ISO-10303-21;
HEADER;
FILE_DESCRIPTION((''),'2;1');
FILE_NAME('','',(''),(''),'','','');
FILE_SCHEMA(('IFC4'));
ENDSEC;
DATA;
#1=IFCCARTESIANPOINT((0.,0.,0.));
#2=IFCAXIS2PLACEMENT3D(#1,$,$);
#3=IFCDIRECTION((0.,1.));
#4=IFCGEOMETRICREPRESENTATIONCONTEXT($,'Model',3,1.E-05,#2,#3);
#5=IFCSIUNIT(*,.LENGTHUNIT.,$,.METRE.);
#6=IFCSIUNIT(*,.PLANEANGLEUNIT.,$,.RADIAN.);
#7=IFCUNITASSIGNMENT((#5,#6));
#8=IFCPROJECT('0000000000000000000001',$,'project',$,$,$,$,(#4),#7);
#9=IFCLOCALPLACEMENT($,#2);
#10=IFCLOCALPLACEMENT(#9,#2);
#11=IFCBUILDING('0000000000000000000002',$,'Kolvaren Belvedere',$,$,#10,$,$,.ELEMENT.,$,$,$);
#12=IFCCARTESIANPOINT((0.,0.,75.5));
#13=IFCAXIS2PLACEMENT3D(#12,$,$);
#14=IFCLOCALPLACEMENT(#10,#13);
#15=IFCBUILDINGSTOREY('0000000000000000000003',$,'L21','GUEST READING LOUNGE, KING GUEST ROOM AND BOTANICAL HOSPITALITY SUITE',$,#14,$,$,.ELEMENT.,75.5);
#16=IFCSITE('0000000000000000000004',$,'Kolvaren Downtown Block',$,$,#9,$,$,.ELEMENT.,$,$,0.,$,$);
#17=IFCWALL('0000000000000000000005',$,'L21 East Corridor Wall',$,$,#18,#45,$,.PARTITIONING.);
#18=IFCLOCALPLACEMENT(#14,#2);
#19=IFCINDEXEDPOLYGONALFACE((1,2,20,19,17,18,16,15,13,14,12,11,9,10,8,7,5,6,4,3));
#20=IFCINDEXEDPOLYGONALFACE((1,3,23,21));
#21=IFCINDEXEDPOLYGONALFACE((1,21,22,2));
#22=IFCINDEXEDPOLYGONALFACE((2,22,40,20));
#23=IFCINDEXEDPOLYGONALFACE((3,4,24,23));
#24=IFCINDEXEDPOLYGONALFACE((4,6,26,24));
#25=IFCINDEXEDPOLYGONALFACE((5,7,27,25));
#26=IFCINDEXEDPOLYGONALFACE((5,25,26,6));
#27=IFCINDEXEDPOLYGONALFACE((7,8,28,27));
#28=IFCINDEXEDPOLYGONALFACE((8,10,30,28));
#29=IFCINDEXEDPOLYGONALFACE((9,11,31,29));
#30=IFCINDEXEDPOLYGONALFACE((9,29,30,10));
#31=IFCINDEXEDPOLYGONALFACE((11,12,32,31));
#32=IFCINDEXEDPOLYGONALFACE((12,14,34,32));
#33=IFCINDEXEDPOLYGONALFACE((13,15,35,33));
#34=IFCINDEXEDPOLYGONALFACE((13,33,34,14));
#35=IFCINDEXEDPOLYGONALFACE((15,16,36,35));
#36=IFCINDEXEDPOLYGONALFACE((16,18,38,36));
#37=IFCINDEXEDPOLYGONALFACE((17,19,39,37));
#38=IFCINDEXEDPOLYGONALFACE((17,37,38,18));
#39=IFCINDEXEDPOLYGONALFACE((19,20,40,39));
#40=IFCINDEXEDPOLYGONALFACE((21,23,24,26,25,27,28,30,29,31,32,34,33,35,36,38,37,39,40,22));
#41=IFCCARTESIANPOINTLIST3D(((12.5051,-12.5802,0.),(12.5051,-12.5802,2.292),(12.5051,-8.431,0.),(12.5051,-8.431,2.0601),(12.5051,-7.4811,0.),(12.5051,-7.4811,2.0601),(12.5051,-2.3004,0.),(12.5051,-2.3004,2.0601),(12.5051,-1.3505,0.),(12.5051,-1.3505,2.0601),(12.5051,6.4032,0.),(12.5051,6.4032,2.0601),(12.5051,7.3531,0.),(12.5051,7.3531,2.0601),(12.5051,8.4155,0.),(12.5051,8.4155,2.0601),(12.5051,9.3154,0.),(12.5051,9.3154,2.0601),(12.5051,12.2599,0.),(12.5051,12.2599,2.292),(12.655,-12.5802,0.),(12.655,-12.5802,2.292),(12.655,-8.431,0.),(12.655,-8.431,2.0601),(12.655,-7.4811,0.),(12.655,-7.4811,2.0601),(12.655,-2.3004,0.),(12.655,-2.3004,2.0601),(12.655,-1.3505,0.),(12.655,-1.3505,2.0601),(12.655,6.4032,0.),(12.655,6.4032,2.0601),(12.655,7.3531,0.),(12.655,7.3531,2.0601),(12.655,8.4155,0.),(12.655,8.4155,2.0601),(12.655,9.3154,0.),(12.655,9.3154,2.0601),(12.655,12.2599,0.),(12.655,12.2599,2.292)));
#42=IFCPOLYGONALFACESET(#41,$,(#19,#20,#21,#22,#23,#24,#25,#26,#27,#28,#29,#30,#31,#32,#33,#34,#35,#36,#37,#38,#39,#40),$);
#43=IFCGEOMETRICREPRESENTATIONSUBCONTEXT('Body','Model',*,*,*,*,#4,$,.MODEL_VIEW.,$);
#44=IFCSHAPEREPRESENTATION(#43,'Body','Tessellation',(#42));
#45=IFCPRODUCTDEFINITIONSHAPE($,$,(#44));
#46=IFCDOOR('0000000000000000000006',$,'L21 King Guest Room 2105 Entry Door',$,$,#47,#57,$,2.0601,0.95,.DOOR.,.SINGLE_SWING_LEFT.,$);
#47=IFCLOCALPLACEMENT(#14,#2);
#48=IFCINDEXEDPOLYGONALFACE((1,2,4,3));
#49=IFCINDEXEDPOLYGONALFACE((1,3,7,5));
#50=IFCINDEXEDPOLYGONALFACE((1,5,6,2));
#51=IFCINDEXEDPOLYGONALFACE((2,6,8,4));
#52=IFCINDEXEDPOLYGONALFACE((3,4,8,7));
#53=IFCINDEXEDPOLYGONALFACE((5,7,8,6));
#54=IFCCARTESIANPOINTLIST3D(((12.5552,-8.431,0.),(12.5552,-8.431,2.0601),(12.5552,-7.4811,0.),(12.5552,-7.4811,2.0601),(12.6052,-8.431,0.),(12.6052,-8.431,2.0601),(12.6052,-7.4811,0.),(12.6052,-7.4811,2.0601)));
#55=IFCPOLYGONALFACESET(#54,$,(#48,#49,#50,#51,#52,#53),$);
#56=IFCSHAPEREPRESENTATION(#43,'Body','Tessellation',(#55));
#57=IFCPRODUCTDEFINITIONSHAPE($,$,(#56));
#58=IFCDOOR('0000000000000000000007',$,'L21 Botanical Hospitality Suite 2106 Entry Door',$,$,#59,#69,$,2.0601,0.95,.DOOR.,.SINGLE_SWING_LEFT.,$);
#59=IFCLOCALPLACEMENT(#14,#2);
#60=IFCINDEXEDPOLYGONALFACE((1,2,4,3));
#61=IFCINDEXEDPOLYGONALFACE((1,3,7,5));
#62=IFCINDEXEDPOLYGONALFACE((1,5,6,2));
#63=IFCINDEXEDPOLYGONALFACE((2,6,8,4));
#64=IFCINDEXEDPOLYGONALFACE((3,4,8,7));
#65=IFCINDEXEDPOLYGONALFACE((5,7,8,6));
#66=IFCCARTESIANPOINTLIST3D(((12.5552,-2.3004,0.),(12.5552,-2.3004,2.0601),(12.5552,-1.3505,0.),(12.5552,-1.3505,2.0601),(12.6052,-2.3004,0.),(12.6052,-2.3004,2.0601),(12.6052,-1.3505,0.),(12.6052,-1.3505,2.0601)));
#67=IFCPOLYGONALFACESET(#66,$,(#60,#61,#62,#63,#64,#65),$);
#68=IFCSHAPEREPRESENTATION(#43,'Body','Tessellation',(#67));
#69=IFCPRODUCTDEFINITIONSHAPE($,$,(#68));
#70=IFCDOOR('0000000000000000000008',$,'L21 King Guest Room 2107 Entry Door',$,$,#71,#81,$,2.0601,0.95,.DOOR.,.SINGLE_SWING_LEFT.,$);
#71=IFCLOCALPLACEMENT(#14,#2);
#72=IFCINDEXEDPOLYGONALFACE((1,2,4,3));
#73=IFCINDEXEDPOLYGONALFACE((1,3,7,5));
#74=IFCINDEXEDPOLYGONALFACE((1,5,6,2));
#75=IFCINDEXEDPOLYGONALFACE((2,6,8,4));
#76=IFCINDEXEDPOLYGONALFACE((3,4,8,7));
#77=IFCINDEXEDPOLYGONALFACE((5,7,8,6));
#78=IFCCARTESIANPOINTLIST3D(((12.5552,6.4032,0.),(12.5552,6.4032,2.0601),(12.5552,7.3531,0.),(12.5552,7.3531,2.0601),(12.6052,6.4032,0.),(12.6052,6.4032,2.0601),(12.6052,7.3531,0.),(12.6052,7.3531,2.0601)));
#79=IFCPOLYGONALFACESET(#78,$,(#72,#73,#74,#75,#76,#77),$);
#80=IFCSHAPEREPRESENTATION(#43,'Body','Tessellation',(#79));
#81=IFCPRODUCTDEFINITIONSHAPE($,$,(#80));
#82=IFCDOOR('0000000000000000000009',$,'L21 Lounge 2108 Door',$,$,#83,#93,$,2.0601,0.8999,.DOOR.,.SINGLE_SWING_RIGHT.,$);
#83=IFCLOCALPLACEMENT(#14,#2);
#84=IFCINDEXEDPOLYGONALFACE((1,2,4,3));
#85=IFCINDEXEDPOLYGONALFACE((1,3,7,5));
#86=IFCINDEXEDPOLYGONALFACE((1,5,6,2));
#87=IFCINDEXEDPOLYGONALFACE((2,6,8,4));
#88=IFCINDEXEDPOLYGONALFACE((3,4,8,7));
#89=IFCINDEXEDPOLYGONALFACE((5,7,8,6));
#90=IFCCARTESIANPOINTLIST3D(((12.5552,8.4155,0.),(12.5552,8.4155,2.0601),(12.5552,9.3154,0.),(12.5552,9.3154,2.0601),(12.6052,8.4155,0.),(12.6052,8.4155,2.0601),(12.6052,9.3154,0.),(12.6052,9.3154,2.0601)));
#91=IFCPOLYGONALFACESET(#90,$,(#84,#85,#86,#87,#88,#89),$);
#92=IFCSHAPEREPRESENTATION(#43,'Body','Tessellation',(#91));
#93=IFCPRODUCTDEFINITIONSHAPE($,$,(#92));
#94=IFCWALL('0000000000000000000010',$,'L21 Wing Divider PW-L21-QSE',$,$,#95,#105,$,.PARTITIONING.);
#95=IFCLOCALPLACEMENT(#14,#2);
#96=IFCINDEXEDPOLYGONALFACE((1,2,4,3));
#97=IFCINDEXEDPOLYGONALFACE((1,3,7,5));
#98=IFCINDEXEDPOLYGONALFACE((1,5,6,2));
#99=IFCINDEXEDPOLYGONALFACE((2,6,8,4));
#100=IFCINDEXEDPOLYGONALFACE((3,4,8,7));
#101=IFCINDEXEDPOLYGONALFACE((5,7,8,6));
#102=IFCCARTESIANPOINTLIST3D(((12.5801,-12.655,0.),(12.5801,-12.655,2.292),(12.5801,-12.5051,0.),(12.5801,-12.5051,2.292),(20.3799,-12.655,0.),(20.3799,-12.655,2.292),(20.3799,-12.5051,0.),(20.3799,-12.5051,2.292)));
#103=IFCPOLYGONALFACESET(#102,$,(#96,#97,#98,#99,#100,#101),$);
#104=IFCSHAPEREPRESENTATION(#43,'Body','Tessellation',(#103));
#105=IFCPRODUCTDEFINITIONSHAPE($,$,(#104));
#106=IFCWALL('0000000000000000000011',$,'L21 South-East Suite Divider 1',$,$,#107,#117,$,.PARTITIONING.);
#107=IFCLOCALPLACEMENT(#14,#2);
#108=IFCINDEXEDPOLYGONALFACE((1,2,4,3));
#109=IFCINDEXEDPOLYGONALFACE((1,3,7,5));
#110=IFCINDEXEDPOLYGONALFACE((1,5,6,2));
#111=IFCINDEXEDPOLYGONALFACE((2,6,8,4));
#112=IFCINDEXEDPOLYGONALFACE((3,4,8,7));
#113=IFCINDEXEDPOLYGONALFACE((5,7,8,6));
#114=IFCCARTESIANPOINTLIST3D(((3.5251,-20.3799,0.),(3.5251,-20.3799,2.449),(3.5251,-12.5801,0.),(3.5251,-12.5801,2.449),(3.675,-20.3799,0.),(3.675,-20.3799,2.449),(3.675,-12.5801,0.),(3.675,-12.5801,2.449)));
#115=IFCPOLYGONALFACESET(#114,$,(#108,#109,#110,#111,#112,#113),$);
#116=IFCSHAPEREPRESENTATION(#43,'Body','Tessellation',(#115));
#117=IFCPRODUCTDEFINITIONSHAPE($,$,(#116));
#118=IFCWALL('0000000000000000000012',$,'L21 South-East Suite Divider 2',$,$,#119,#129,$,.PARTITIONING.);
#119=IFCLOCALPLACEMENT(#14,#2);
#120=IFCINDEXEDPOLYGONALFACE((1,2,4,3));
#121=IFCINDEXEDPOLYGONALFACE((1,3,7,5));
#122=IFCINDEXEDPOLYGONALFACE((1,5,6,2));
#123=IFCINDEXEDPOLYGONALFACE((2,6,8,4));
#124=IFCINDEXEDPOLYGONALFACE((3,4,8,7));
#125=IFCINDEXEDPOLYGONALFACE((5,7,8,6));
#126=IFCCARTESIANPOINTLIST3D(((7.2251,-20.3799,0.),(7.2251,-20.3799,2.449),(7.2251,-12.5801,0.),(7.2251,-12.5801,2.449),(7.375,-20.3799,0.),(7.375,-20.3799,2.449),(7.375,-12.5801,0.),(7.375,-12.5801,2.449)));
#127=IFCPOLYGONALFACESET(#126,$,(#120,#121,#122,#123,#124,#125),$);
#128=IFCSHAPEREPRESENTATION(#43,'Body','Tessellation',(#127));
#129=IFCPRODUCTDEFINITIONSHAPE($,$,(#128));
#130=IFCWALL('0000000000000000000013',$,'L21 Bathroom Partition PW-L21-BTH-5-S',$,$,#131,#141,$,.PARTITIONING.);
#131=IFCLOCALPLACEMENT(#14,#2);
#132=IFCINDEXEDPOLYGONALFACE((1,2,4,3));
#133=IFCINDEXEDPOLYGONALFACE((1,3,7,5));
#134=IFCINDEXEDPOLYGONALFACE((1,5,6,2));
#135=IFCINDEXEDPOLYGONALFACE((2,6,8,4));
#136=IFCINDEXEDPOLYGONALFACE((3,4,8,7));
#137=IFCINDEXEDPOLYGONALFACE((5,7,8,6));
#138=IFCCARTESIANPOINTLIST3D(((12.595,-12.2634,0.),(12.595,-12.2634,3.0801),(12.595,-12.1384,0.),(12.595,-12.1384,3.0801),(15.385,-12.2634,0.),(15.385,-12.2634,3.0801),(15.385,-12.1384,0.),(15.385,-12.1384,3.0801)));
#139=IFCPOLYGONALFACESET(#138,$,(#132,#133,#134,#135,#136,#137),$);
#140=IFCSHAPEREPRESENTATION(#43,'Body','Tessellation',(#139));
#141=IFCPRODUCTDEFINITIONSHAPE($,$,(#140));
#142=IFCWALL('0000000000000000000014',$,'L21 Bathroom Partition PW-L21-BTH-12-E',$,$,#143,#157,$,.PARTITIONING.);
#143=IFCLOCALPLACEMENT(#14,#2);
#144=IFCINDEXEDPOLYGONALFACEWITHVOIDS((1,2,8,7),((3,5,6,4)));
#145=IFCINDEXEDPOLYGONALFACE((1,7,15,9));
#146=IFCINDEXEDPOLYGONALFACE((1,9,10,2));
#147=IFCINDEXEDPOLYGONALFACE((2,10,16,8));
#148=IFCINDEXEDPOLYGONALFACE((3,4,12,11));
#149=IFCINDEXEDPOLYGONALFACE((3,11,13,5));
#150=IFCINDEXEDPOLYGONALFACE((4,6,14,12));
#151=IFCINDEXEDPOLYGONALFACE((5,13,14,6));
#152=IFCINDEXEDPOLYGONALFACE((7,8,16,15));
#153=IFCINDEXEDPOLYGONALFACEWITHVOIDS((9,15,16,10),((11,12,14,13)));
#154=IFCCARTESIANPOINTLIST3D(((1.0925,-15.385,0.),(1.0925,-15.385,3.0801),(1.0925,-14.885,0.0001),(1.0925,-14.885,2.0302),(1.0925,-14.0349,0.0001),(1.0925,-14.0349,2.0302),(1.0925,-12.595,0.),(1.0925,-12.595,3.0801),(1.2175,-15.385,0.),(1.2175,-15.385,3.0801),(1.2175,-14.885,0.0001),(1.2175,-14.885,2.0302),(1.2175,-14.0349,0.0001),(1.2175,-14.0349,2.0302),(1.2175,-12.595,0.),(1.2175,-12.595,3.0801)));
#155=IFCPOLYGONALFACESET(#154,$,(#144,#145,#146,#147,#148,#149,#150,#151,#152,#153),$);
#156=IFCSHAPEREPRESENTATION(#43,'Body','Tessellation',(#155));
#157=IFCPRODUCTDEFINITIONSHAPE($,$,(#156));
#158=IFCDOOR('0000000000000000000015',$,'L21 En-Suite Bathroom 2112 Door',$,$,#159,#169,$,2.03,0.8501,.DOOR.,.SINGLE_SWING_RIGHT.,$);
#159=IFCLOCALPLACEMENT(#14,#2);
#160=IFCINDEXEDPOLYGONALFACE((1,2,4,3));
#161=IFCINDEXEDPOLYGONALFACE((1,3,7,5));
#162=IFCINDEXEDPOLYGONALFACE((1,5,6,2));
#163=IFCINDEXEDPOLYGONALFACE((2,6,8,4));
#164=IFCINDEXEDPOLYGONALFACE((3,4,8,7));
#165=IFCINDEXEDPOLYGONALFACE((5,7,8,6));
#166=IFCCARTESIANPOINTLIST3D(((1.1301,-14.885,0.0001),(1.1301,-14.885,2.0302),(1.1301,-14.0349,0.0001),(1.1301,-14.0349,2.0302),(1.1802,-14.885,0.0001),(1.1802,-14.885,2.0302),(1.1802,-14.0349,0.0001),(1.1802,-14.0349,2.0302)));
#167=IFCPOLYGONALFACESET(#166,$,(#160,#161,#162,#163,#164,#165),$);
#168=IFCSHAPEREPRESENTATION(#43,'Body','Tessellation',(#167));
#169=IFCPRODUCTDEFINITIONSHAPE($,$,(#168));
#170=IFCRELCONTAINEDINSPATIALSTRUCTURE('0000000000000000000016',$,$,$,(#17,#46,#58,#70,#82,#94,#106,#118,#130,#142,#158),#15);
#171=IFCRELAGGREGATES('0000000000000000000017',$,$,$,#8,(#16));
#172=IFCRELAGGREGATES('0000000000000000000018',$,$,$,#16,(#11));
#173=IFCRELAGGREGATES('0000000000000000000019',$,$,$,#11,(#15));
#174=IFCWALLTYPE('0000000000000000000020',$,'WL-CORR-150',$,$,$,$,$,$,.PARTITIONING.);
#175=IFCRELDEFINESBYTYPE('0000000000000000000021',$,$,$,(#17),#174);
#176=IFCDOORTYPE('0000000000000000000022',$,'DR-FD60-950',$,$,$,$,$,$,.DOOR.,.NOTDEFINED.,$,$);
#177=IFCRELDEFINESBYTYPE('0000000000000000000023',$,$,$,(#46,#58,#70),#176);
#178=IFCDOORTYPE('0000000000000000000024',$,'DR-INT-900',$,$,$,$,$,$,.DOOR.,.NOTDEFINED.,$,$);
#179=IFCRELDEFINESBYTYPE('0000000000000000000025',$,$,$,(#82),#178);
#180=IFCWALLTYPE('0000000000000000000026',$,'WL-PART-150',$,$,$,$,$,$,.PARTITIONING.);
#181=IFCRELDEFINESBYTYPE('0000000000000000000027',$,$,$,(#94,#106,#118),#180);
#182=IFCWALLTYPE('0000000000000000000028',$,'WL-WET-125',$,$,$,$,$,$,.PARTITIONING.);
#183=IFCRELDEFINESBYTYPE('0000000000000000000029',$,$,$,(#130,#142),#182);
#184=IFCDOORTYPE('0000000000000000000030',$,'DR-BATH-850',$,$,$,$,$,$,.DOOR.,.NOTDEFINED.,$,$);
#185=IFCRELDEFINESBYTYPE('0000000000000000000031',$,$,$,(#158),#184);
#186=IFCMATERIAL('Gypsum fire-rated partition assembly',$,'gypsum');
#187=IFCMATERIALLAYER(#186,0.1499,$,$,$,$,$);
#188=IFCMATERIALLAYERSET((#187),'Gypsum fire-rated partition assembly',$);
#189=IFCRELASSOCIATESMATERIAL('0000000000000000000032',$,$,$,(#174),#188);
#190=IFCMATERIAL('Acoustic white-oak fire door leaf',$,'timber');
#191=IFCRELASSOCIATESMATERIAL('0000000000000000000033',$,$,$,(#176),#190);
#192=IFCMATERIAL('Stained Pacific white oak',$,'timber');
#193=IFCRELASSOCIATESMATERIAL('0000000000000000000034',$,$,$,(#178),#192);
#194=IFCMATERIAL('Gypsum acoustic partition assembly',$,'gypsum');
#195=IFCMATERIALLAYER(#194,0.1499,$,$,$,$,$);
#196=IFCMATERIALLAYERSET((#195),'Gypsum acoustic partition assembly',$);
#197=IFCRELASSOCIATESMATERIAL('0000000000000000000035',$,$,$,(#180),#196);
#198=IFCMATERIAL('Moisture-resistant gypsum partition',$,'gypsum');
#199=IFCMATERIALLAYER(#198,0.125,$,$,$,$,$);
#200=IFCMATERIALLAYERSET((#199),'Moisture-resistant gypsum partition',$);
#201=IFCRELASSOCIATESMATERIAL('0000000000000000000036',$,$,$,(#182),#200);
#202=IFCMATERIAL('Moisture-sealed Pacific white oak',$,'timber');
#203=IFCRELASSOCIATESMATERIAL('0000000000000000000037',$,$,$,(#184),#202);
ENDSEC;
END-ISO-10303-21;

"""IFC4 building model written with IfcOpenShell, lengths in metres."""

from ifc_helpers import new_model, si_unit, direction, frame, frame_2d, origin, place, context, subcontext, project, spatial, rectangle, extrude, material, layer, layer_set, type_object, element, fill, save


model = new_model("IFC4")

# Units and contexts
model_context = context("Model", 3, precision=1e-05, world=origin(), true_north=direction((0.0, 1.0)))
body_context = subcontext(model_context, "Body", "Model", "MODEL_VIEW")
ifc_project = project(units=[si_unit("LENGTHUNIT", "METRE"), si_unit("PLANEANGLEUNIT", "RADIAN")], contexts=[model_context])

# Site, building, storey
site_placement = place(None, origin())
site = spatial("IfcSite", under=ifc_project, at=site_placement, Name="Kolvaren Downtown Block", CompositionType="ELEMENT", RefElevation=0.0)
building_placement = place(site_placement, origin())
building = spatial("IfcBuilding", under=site, at=building_placement, Name="Kolvaren Belvedere", CompositionType="ELEMENT")
storey_placement = place(building_placement, frame((0.0, 0.0, 75.5)))
storey = spatial("IfcBuildingStorey", under=building, at=storey_placement, Name="L21", Description="GUEST READING LOUNGE, KING GUEST ROOM AND BOTANICAL HOSPITALITY SUITE", CompositionType="ELEMENT", Elevation=75.5)

# Wall, openings, doors
ifc_material_1 = material(Name="Gypsum fire-rated partition assembly", Category="gypsum")
ifc_layer_1 = layer(ifc_material_1, 0.1499)
ifc_layer_set_1 = layer_set([ifc_layer_1], Name="Gypsum fire-rated partition assembly")
wall_type_1 = type_object("IfcWallType", Name="WL-CORR-150", PredefinedType="PARTITIONING", material=ifc_layer_set_1)
wall_1_placement = place(storey_placement, frame((12.5801, -12.5801, 0.0), z_axis=(0.0, 0.0, 1.0), x_axis=(0.0, 1.0, 0.0)))
wall_1 = element("IfcWall", 1, at=wall_1_placement, inside=storey, type_object=wall_type_1, Name="L21 East Corridor Wall", PredefinedType="PARTITIONING", context=body_context, shape_type="SweptSolid", body=[
    extrude(rectangle(XDim=24.8401, YDim=0.1499, at=frame_2d((12.4199, 0.0))), origin(), (0.0, 0.0, 1.0), 2.292),
])
opening_1_placement = place(wall_1_placement, frame((4.1489, 0.0, 0.0)))
opening_1 = element("IfcOpeningElement", 2, at=opening_1_placement, cuts=wall_1, PredefinedType="OPENING", context=body_context, shape_type="SweptSolid", body=[
    extrude(rectangle(XDim=0.95, YDim=2.0601, at=frame_2d((0.4751, 1.03))), frame((0.0, 0.085, 0.0), z_axis=(0.0, -1.0, 0.0), x_axis=(1.0, 0.0, 0.0)), (0.0, 0.0, 1.0), 0.1699),
])
opening_2_placement = place(wall_1_placement, frame((10.2795, 0.0, 0.0)))
opening_2 = element("IfcOpeningElement", 3, at=opening_2_placement, cuts=wall_1, PredefinedType="OPENING", context=body_context, shape_type="SweptSolid", body=[
    extrude(rectangle(XDim=0.95, YDim=2.0601, at=frame_2d((0.4751, 1.03))), frame((0.0, 0.085, 0.0), z_axis=(0.0, -1.0, 0.0), x_axis=(1.0, 0.0, 0.0)), (0.0, 0.0, 1.0), 0.1699),
])
opening_3_placement = place(wall_1_placement, frame((18.9832, 0.0, 0.0)))
opening_3 = element("IfcOpeningElement", 4, at=opening_3_placement, cuts=wall_1, PredefinedType="OPENING", context=body_context, shape_type="SweptSolid", body=[
    extrude(rectangle(XDim=0.95, YDim=2.0601, at=frame_2d((0.4751, 1.03))), frame((0.0, 0.085, 0.0), z_axis=(0.0, -1.0, 0.0), x_axis=(1.0, 0.0, 0.0)), (0.0, 0.0, 1.0), 0.1699),
])
opening_4_placement = place(wall_1_placement, frame((20.9956, 0.0, 0.0)))
opening_4 = element("IfcOpeningElement", 5, at=opening_4_placement, cuts=wall_1, PredefinedType="OPENING", context=body_context, shape_type="SweptSolid", body=[
    extrude(rectangle(XDim=0.8999, YDim=2.0601, at=frame_2d((0.45, 1.03))), frame((0.0, 0.085, 0.0), z_axis=(0.0, -1.0, 0.0), x_axis=(1.0, 0.0, 0.0)), (0.0, 0.0, 1.0), 0.1699),
])
ifc_material_2 = material(Name="Acoustic white-oak fire door leaf", Category="timber")
door_type_1 = type_object("IfcDoorType", Name="DR-FD60-950", OperationType="NOTDEFINED", PredefinedType="DOOR", material=ifc_material_2)
door_1_placement = place(opening_1_placement, origin())
door_1 = element("IfcDoor", 6, at=door_1_placement, inside=storey, type_object=door_type_1, Name="L21 King Guest Room 2105 Entry Door", OperationType="SINGLE_SWING_LEFT", OverallHeight=2.0601, OverallWidth=0.95, PredefinedType="DOOR", context=body_context, shape_type="SweptSolid", body=[
    extrude(rectangle(XDim=0.95, YDim=2.0601, at=frame_2d((0.4751, 1.03))), frame((0.0, 0.0249, 0.0), z_axis=(0.0, -1.0, 0.0), x_axis=(1.0, 0.0, 0.0)), (0.0, 0.0, 1.0), 0.05),
])
fill(opening_1, door_1)
door_2_placement = place(opening_2_placement, origin())
door_2 = element("IfcDoor", 7, at=door_2_placement, inside=storey, type_object=door_type_1, Name="L21 Botanical Hospitality Suite 2106 Entry Door", OperationType="SINGLE_SWING_LEFT", OverallHeight=2.0601, OverallWidth=0.95, PredefinedType="DOOR", context=body_context, shape_type="SweptSolid", body=[
    extrude(rectangle(XDim=0.95, YDim=2.0601, at=frame_2d((0.4751, 1.03))), frame((0.0, 0.0249, 0.0), z_axis=(0.0, -1.0, 0.0), x_axis=(1.0, 0.0, 0.0)), (0.0, 0.0, 1.0), 0.05),
])
fill(opening_2, door_2)
door_3_placement = place(opening_3_placement, origin())
door_3 = element("IfcDoor", 8, at=door_3_placement, inside=storey, type_object=door_type_1, Name="L21 King Guest Room 2107 Entry Door", OperationType="SINGLE_SWING_LEFT", OverallHeight=2.0601, OverallWidth=0.95, PredefinedType="DOOR", context=body_context, shape_type="SweptSolid", body=[
    extrude(rectangle(XDim=0.95, YDim=2.0601, at=frame_2d((0.4751, 1.03))), frame((0.0, 0.0249, 0.0), z_axis=(0.0, -1.0, 0.0), x_axis=(1.0, 0.0, 0.0)), (0.0, 0.0, 1.0), 0.05),
])
fill(opening_3, door_3)
ifc_material_3 = material(Name="Stained Pacific white oak", Category="timber")
door_type_2 = type_object("IfcDoorType", Name="DR-INT-900", OperationType="NOTDEFINED", PredefinedType="DOOR", material=ifc_material_3)
door_4_placement = place(opening_4_placement, origin())
door_4 = element("IfcDoor", 9, at=door_4_placement, inside=storey, type_object=door_type_2, Name="L21 Lounge 2108 Door", OperationType="SINGLE_SWING_RIGHT", OverallHeight=2.0601, OverallWidth=0.8999, PredefinedType="DOOR", context=body_context, shape_type="SweptSolid", body=[
    extrude(rectangle(XDim=0.8999, YDim=2.0601, at=frame_2d((0.45, 1.03))), frame((0.0, 0.0249, 0.0), z_axis=(0.0, -1.0, 0.0), x_axis=(1.0, 0.0, 0.0)), (0.0, 0.0, 1.0), 0.05),
])
fill(opening_4, door_4)

# Walls
ifc_material_4 = material(Name="Gypsum acoustic partition assembly", Category="gypsum")
ifc_layer_2 = layer(ifc_material_4, 0.1499)
ifc_layer_set_2 = layer_set([ifc_layer_2], Name="Gypsum acoustic partition assembly")
wall_type_2 = type_object("IfcWallType", Name="WL-PART-150", PredefinedType="PARTITIONING", material=ifc_layer_set_2)
wall_2_placement = place(storey_placement, frame((12.5801, -12.5801, 0.0), z_axis=(0.0, 0.0, 1.0), x_axis=(1.0, 0.0, 0.0)))
element("IfcWall", 10, at=wall_2_placement, inside=storey, type_object=wall_type_2, Name="L21 Wing Divider PW-L21-QSE", PredefinedType="PARTITIONING", context=body_context, shape_type="SweptSolid", body=[
    extrude(rectangle(XDim=7.7998, YDim=0.1499, at=frame_2d((3.8999, 0.0))), origin(), (0.0, 0.0, 1.0), 2.292),
])
for number, where, z_axis, x_axis, name in (
    (11, (3.6001, -20.3799, 0.0), (0.0, 0.0, 1.0), (0.0, 1.0, 0.0), "L21 South-East Suite Divider 1"),
    (12, (7.3, -20.3799, 0.0), (0.0, 0.0, 1.0), (0.0, 1.0, 0.0), "L21 South-East Suite Divider 2"),
):
    element("IfcWall", number, at=place(storey_placement, frame(where, z_axis=z_axis, x_axis=x_axis)), inside=storey, type_object=wall_type_2, Name=name, PredefinedType="PARTITIONING", context=body_context, shape_type="SweptSolid", body=[
        extrude(rectangle(XDim=7.7998, YDim=0.1499, at=frame_2d((3.8999, 0.0))), origin(), (0.0, 0.0, 1.0), 2.449),
    ])
ifc_material_5 = material(Name="Moisture-resistant gypsum partition", Category="gypsum")
ifc_layer_3 = layer(ifc_material_5, 0.125)
ifc_layer_set_3 = layer_set([ifc_layer_3], Name="Moisture-resistant gypsum partition")
wall_type_3 = type_object("IfcWallType", Name="WL-WET-125", PredefinedType="PARTITIONING", material=ifc_layer_set_3)
wall_3_placement = place(storey_placement, frame((12.595, -12.2009, 0.0), z_axis=(0.0, 0.0, 1.0), x_axis=(1.0, 0.0, 0.0)))
element("IfcWall", 13, at=wall_3_placement, inside=storey, type_object=wall_type_3, Name="L21 Bathroom Partition PW-L21-BTH-5-S", PredefinedType="PARTITIONING", context=body_context, shape_type="SweptSolid", body=[
    extrude(rectangle(XDim=2.79, YDim=0.125, at=frame_2d((1.395, 0.0))), origin(), (0.0, 0.0, 1.0), 3.0801),
])

# Wall, opening, door
wall_4_placement = place(storey_placement, frame((1.155, -15.385, 0.0), z_axis=(0.0, 0.0, 1.0), x_axis=(0.0, 1.0, 0.0)))
wall_4 = element("IfcWall", 14, at=wall_4_placement, inside=storey, type_object=wall_type_3, Name="L21 Bathroom Partition PW-L21-BTH-12-E", PredefinedType="PARTITIONING", context=body_context, shape_type="SweptSolid", body=[
    extrude(rectangle(XDim=2.79, YDim=0.125, at=frame_2d((1.395, 0.0))), origin(), (0.0, 0.0, 1.0), 3.0801),
])
opening_5_placement = place(wall_4_placement, frame((0.5, 0.0, 0.0)))
opening_5 = element("IfcOpeningElement", 15, at=opening_5_placement, cuts=wall_4, PredefinedType="OPENING", context=body_context, shape_type="SweptSolid", body=[
    extrude(rectangle(XDim=0.8501, YDim=2.03, at=frame_2d((0.425, 1.0151))), frame((0.0, 0.0725, 0.0), z_axis=(0.0, -1.0, 0.0), x_axis=(1.0, 0.0, 0.0)), (0.0, 0.0, 1.0), 0.145),
])
ifc_material_6 = material(Name="Moisture-sealed Pacific white oak", Category="timber")
door_type_3 = type_object("IfcDoorType", Name="DR-BATH-850", OperationType="NOTDEFINED", PredefinedType="DOOR", material=ifc_material_6)
door_5_placement = place(opening_5_placement, origin())
door_5 = element("IfcDoor", 16, at=door_5_placement, inside=storey, type_object=door_type_3, Name="L21 En-Suite Bathroom 2112 Door", OperationType="SINGLE_SWING_RIGHT", OverallHeight=2.03, OverallWidth=0.8501, PredefinedType="DOOR", context=body_context, shape_type="SweptSolid", body=[
    extrude(rectangle(XDim=0.8501, YDim=2.03, at=frame_2d((0.425, 1.0151))), frame((0.0, 0.0249, 0.0), z_axis=(0.0, -1.0, 0.0), x_axis=(1.0, 0.0, 0.0)), (0.0, 0.0, 1.0), 0.05),
])
fill(opening_5, door_5)

save(model, "model.ifc")
